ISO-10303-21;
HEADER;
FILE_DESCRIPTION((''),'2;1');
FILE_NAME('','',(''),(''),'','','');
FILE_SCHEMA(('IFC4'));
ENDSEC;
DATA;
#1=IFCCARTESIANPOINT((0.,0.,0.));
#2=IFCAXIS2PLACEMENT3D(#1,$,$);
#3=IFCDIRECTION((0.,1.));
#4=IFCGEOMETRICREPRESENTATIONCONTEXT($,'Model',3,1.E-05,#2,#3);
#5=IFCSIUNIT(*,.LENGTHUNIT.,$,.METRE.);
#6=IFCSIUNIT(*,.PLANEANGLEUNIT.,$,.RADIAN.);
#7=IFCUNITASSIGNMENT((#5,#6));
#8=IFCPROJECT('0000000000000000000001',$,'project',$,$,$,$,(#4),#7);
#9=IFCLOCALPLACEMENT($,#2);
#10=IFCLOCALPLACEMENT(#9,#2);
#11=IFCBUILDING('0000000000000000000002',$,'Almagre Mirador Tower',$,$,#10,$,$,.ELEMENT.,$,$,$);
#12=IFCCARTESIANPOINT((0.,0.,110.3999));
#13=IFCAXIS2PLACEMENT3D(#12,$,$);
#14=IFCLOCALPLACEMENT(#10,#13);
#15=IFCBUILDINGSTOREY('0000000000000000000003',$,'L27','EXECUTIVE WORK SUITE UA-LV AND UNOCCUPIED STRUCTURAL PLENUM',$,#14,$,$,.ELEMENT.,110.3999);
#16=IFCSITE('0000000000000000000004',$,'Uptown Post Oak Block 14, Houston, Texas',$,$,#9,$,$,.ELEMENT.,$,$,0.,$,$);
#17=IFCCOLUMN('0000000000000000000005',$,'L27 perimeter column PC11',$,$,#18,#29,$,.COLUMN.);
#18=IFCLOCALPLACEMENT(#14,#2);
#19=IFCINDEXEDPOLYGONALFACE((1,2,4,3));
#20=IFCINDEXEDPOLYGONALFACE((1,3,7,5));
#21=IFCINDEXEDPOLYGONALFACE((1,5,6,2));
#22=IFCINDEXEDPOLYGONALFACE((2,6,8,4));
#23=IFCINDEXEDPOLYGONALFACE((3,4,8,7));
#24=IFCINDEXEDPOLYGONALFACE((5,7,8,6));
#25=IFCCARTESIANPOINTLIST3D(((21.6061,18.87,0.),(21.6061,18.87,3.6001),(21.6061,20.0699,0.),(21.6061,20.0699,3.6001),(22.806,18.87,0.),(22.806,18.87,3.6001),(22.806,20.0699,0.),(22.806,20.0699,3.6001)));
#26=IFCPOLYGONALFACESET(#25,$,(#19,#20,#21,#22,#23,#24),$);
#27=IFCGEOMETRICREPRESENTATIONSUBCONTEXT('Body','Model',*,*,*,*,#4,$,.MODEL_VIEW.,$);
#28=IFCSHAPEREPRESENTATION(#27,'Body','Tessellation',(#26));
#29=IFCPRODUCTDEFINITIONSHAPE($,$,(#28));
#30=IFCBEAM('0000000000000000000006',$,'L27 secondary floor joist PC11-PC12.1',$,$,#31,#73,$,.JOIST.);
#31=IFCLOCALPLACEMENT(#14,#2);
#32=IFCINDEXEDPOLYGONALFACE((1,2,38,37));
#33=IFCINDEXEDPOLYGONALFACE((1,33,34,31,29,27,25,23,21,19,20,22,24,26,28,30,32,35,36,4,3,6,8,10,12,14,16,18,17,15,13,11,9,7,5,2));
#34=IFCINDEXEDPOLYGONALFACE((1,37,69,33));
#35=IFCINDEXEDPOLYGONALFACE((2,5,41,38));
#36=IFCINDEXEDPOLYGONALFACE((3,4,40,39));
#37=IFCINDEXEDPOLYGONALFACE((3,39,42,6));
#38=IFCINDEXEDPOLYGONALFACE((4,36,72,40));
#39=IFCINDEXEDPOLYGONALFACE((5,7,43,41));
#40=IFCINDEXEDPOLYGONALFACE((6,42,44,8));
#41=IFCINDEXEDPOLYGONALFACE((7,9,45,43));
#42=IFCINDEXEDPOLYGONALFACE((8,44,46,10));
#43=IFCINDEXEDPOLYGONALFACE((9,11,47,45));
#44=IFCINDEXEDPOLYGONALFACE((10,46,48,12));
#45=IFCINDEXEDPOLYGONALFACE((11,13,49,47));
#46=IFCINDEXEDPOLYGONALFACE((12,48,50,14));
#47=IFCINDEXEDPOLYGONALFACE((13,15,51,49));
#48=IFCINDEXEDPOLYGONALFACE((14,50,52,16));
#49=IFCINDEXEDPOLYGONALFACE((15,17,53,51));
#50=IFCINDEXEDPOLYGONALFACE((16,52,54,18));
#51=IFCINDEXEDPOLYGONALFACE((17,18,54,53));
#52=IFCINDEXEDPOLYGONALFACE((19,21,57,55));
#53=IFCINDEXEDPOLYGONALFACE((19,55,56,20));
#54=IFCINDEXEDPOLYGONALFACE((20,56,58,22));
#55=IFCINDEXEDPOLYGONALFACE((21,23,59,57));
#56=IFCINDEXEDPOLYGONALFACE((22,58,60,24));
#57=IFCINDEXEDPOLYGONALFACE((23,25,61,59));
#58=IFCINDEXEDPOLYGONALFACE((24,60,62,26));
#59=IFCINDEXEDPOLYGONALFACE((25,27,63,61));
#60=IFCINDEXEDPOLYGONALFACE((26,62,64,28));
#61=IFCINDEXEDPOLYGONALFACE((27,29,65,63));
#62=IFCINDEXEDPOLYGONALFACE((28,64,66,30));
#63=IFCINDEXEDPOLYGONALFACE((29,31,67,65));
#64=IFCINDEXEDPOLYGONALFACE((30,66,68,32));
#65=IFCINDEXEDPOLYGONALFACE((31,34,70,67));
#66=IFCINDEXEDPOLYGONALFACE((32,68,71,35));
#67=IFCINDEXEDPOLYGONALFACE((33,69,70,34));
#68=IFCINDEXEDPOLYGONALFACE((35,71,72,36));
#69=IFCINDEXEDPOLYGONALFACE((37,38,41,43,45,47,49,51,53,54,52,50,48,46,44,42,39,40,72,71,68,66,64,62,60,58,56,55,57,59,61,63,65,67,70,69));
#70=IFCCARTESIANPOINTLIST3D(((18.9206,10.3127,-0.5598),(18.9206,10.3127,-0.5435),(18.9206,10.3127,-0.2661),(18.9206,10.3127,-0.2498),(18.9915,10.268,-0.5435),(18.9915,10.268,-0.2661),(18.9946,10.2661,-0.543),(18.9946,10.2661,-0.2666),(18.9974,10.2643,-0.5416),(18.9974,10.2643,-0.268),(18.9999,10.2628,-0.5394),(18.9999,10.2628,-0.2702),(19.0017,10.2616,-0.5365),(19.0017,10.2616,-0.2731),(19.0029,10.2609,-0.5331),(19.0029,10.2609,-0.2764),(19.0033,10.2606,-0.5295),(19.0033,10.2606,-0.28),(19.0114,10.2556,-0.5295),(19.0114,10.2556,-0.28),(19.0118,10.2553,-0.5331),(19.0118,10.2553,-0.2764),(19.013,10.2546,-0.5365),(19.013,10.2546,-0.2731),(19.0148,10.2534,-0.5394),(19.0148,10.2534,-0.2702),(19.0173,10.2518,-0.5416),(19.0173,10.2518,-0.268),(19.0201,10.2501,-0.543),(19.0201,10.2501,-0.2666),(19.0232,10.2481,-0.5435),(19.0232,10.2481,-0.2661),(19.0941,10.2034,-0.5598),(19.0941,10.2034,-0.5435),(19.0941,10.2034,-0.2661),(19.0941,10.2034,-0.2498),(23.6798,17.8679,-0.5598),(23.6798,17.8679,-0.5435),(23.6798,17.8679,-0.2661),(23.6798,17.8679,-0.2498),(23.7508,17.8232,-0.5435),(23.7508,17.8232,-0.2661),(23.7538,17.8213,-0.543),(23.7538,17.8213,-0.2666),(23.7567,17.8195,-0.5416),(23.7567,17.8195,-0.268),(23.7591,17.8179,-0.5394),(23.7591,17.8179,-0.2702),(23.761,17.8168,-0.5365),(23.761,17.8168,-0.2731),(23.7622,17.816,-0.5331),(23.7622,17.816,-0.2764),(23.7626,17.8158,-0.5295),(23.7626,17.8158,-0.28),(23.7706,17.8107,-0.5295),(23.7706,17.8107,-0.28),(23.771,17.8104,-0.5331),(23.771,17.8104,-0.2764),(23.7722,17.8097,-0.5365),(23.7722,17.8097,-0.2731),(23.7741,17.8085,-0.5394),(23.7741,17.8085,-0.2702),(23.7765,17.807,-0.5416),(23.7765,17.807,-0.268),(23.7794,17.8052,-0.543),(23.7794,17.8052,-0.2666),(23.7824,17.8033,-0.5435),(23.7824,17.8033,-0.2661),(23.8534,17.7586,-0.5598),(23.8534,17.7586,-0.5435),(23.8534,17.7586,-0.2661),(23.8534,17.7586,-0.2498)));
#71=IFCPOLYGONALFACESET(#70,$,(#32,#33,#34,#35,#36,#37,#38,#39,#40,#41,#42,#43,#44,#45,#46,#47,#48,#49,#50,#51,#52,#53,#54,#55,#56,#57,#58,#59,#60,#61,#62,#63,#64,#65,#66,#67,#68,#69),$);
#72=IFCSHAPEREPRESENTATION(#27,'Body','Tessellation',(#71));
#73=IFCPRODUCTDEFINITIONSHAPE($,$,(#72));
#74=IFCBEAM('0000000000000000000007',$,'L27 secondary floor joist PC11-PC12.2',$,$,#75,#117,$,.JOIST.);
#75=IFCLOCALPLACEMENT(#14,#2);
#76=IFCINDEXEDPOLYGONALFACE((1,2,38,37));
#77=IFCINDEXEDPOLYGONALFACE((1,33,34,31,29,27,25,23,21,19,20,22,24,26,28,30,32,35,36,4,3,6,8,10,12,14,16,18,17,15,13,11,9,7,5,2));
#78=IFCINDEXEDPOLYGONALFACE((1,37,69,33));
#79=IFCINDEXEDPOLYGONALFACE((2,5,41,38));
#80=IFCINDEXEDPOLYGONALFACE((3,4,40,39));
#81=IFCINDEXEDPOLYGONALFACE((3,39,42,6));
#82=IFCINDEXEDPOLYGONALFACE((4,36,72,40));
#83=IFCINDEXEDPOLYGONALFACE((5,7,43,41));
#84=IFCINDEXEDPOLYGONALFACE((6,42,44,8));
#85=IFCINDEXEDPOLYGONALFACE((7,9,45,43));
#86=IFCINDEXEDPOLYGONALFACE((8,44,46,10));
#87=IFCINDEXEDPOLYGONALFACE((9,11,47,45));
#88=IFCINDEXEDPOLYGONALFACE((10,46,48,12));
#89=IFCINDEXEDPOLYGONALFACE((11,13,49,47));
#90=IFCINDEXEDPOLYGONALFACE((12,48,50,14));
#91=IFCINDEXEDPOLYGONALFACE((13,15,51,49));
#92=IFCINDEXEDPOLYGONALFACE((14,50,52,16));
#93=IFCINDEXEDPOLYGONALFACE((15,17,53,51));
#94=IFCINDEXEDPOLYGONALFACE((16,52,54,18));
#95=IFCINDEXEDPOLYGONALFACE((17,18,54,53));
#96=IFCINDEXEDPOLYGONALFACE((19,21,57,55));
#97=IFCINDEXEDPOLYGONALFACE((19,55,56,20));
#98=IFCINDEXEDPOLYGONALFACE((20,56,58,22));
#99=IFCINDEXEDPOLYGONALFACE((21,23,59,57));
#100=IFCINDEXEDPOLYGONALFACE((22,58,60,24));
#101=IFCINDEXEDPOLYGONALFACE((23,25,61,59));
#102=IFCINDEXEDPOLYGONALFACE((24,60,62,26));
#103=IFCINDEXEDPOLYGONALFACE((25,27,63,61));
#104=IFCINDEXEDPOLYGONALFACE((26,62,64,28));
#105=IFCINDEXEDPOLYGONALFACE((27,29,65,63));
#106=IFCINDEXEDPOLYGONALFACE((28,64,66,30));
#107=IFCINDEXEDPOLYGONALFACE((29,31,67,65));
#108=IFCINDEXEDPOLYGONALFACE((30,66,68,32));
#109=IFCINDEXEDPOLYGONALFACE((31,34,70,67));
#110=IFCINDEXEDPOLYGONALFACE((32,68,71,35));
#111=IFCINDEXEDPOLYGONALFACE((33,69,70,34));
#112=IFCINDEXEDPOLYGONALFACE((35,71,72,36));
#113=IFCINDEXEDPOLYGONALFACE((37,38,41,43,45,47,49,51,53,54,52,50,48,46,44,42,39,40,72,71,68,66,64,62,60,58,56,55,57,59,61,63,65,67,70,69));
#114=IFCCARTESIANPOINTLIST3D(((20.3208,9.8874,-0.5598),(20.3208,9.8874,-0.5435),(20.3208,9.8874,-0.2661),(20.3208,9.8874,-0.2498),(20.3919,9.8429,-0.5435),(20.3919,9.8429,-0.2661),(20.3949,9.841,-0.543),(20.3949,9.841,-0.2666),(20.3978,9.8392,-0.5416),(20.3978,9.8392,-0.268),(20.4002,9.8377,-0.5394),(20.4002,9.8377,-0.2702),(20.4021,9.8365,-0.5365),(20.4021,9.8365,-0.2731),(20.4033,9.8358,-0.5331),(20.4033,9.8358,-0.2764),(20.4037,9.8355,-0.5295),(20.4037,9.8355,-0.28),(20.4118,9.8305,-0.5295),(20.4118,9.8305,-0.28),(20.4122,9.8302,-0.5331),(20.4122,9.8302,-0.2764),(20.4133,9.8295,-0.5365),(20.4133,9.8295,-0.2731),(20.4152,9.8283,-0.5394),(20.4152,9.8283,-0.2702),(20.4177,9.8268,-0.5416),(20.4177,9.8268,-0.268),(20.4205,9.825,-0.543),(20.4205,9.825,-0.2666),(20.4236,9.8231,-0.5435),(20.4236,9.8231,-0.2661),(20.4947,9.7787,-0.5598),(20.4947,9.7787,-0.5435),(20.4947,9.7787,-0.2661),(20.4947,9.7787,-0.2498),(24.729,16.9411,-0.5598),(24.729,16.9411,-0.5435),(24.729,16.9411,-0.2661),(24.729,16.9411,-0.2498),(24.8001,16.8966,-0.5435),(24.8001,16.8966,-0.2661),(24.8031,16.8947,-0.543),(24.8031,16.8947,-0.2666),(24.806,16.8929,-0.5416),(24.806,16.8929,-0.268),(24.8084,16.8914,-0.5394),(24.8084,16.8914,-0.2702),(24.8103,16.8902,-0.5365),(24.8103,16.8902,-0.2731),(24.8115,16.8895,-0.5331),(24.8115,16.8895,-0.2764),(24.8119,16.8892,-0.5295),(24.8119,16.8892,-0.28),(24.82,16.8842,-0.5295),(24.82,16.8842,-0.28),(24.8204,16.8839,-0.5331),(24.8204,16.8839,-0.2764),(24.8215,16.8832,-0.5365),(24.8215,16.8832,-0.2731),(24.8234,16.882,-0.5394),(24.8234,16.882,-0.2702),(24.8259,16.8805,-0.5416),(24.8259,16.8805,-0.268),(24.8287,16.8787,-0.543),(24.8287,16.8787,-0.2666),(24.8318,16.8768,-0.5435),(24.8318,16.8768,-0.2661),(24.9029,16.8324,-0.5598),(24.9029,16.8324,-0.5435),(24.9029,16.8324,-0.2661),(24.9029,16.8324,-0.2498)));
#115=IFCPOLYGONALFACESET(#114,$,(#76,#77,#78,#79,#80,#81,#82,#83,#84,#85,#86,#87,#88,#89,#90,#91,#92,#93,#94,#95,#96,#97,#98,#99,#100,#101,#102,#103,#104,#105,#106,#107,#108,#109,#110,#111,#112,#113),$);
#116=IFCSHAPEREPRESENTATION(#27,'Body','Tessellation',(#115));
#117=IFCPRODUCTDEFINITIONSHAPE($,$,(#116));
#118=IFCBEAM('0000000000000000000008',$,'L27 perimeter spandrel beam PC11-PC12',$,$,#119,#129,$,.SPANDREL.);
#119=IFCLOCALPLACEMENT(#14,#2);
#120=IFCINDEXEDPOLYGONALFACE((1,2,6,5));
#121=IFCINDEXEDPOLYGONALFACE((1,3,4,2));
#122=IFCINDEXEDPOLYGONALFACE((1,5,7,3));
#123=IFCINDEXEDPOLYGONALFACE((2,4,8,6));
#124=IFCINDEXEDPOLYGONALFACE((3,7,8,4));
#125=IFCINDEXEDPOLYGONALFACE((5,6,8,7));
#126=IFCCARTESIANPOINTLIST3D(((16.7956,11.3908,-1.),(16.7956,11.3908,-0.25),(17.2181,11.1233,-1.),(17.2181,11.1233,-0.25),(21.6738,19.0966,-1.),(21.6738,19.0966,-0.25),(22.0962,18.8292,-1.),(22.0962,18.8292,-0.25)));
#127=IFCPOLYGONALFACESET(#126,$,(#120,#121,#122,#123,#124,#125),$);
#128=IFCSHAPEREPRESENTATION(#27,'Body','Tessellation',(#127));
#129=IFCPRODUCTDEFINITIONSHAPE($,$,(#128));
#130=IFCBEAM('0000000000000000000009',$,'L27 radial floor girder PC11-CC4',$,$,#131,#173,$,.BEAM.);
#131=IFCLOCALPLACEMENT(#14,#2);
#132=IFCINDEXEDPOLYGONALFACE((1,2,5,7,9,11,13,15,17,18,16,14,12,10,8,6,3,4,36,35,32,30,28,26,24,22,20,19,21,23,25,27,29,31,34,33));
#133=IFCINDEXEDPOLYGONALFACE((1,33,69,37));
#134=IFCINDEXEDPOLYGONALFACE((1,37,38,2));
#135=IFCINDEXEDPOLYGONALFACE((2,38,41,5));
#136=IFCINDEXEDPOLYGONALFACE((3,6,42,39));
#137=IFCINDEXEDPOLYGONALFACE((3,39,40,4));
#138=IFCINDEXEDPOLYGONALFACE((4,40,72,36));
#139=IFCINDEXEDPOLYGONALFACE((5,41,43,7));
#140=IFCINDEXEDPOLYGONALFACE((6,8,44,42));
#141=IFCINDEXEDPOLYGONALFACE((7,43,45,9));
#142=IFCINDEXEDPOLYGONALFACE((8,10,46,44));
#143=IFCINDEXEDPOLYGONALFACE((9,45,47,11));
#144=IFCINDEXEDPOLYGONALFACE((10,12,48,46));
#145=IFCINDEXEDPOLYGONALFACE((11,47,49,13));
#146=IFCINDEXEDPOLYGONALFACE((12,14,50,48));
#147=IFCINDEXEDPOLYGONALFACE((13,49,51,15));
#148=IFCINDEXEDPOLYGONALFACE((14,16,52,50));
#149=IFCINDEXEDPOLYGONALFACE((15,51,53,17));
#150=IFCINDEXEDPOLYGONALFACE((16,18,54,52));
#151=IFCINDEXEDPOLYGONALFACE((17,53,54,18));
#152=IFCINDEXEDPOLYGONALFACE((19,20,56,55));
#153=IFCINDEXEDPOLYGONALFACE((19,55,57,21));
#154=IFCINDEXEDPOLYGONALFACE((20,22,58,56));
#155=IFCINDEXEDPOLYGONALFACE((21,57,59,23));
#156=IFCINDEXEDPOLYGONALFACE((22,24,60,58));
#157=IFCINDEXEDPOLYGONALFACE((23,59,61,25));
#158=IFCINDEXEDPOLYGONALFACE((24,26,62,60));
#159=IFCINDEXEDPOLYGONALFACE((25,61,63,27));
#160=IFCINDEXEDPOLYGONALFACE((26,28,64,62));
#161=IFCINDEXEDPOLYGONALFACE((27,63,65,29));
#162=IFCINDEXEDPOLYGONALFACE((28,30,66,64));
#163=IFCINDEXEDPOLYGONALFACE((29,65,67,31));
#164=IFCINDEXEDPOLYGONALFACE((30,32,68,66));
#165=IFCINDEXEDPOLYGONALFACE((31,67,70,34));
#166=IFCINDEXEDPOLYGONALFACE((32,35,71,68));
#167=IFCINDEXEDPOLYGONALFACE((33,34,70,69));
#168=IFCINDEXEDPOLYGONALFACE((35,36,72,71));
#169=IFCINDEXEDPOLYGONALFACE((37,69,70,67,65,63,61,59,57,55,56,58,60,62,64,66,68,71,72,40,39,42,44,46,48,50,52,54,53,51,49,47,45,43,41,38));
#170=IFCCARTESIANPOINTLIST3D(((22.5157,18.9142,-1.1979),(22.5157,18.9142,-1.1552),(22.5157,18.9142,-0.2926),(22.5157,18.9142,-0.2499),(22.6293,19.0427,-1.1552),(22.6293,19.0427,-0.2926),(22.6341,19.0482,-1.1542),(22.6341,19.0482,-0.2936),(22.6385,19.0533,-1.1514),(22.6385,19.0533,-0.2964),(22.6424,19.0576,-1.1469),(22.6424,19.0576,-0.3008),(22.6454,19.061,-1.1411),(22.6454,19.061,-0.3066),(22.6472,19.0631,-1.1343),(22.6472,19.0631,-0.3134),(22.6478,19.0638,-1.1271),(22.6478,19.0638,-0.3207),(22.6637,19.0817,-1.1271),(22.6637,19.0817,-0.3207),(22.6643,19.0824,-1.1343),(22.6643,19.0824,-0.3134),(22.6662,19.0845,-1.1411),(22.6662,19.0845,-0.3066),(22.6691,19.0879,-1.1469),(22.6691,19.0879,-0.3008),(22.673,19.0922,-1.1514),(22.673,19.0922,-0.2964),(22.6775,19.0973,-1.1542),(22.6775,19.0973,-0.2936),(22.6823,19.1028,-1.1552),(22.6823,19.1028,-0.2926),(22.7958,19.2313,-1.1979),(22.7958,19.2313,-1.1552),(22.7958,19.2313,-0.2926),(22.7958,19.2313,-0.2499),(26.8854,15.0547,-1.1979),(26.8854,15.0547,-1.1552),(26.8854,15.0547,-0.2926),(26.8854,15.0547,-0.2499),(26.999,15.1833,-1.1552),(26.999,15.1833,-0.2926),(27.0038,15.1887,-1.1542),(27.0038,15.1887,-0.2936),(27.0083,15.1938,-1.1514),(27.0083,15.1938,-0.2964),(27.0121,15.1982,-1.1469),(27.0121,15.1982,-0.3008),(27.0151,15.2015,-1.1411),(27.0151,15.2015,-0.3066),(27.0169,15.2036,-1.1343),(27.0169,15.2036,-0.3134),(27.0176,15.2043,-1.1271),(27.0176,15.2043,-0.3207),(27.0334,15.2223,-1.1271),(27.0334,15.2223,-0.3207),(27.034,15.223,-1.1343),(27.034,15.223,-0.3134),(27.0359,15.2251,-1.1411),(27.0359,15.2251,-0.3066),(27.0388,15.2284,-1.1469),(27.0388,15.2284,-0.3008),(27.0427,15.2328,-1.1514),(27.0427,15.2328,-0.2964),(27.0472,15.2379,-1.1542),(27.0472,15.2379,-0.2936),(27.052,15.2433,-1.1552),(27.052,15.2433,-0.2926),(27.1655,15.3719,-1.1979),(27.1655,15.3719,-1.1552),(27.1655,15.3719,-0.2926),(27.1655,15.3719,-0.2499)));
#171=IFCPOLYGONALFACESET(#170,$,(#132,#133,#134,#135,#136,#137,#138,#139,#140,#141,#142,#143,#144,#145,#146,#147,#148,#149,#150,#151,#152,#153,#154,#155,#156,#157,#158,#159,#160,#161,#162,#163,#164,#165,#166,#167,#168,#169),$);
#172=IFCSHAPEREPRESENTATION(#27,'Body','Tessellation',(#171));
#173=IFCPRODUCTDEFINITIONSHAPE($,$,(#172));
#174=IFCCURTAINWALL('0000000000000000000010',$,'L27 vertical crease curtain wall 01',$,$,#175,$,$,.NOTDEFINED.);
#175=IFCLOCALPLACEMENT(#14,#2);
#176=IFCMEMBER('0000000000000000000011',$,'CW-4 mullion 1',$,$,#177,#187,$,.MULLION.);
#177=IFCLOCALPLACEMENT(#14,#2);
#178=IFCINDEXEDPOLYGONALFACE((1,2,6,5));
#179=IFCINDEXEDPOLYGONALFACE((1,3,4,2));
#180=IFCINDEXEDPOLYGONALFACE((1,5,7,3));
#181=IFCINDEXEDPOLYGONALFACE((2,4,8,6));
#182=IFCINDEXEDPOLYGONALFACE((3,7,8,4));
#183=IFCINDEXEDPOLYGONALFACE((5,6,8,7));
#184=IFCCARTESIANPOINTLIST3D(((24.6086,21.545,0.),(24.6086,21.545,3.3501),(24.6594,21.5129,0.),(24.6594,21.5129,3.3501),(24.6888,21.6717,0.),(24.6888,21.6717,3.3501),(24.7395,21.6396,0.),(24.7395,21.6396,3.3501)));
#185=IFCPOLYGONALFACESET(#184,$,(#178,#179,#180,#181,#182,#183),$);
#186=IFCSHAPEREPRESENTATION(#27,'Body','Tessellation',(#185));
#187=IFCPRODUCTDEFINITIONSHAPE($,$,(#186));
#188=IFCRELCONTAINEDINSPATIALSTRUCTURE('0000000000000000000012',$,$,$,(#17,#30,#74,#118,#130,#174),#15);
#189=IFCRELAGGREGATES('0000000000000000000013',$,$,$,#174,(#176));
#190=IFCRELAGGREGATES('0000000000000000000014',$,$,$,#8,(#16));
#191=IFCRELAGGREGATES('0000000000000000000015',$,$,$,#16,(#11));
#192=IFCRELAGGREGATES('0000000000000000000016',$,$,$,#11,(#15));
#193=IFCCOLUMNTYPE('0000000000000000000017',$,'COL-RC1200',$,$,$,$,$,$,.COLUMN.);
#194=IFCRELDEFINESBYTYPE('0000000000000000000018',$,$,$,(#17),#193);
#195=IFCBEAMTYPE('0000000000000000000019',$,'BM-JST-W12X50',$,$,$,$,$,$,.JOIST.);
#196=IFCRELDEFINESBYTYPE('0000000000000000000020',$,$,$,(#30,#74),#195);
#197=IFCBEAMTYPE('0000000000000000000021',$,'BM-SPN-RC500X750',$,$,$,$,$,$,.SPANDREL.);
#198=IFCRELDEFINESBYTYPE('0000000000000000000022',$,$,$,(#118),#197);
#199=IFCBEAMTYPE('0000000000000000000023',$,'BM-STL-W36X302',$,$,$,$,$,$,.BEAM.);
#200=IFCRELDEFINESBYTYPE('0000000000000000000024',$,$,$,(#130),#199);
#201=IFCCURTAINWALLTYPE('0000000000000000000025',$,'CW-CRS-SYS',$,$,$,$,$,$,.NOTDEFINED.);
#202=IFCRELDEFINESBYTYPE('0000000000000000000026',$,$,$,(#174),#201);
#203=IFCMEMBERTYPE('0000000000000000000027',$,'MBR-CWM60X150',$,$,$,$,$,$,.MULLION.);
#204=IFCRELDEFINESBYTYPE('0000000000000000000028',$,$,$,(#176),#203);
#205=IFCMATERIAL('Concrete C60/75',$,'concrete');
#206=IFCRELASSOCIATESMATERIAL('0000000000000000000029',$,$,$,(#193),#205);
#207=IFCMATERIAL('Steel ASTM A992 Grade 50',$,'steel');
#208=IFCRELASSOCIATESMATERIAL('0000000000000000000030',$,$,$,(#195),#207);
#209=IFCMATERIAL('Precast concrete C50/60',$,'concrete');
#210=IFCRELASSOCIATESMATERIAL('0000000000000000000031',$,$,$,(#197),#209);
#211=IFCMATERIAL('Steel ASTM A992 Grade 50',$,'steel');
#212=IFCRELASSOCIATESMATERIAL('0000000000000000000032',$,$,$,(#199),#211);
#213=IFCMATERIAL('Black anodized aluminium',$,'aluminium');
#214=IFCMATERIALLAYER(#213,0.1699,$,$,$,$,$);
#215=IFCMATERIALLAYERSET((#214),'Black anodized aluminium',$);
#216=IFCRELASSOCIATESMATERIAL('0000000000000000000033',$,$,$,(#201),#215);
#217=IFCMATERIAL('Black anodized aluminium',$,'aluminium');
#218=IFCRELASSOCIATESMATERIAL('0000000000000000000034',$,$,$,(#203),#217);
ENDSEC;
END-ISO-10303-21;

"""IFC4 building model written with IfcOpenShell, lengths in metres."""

from ifc_helpers import new_model, si_unit, direction, frame, origin, origin_2d, place, context, subcontext, project, spatial, rectangle, i_section, extrude, material, layer, layer_set, material_profile, profile_set, type_object, element, aggregate, save


model = new_model("IFC4")

# Units and contexts
model_context = context("Model", 3, precision=1e-05, world=origin(), true_north=direction((0.0, 1.0)))
body_context = subcontext(model_context, "Body", "Model", "MODEL_VIEW")
ifc_project = project(units=[si_unit("LENGTHUNIT", "METRE"), si_unit("PLANEANGLEUNIT", "RADIAN")], contexts=[model_context])

# Site, building, storey
site_placement = place(None, origin())
site = spatial("IfcSite", under=ifc_project, at=site_placement, Name="Uptown Post Oak Block 14, Houston, Texas", CompositionType="ELEMENT", RefElevation=0.0)
building_placement = place(site_placement, origin())
building = spatial("IfcBuilding", under=site, at=building_placement, Name="Almagre Mirador Tower", CompositionType="ELEMENT")
storey_placement = place(building_placement, frame((0.0, 0.0, 110.3999)))
storey = spatial("IfcBuildingStorey", under=building, at=storey_placement, Name="L27", Description="EXECUTIVE WORK SUITE UA-LV AND UNOCCUPIED STRUCTURAL PLENUM", CompositionType="ELEMENT", Elevation=110.3999)

# Column
ifc_material_1 = material(Name="Concrete C60/75", Category="concrete")
ifc_material_profile_1 = material_profile(ifc_material_1, rectangle(XDim=1.2, YDim=1.2, at=origin_2d()), Name="RC1200X1200")
ifc_profile_set_1 = profile_set([ifc_material_profile_1], Name="Concrete C60/75")
column_type = type_object("IfcColumnType", Name="COL-RC1200", PredefinedType="COLUMN", material=ifc_profile_set_1)
column_placement = place(storey_placement, frame((22.2061, 19.47, 0.0), z_axis=(0.0, 0.0, 1.0), x_axis=(1.0, 0.0, 0.0)))
element("IfcColumn", 1, at=column_placement, inside=storey, type_object=column_type, Name="L27 perimeter column PC11", PredefinedType="COLUMN", context=body_context, shape_type="SweptSolid", body=[
    extrude(rectangle(XDim=1.2, YDim=1.2, at=origin_2d()), origin(), (0.0, 0.0, 1.0), 3.6001),
])

# Beams
ifc_material_2 = material(Name="Steel ASTM A992 Grade 50", Category="steel")
ifc_material_profile_2 = material_profile(ifc_material_2, i_section(OverallWidth=0.2051, OverallDepth=0.3101, WebThickness=0.0095, FlangeThickness=0.0164, FilletRadius=0.0139, at=origin_2d()), Name="W12X50")
ifc_profile_set_2 = profile_set([ifc_material_profile_2], Name="Steel ASTM A992 Grade 50")
beam_type_1 = type_object("IfcBeamType", Name="BM-JST-W12X50", PredefinedType="JOIST", material=ifc_profile_set_2)
beam_1_placement = place(storey_placement, frame((23.7666, 17.8132, -0.4048), z_axis=(-0.532999, -0.846116, 0.0), x_axis=(0.846116, -0.532999, 0.0)))
element("IfcBeam", 2, at=beam_1_placement, inside=storey, type_object=beam_type_1, Name="L27 secondary floor joist PC11-PC12.1", PredefinedType="JOIST", context=body_context, shape_type="SweptSolid", body=[
    extrude(i_section(OverallWidth=0.2051, OverallDepth=0.3101, WebThickness=0.0095, FlangeThickness=0.0164, FilletRadius=0.0139, at=origin_2d()), origin(), (0.0, 0.0, 1.0), 8.9292),
])
beam_2_placement = place(storey_placement, frame((24.8159, 16.8867, -0.4048), z_axis=(-0.529967, -0.848018, 0.0), x_axis=(0.848018, -0.529967, 0.0)))
element("IfcBeam", 3, at=beam_2_placement, inside=storey, type_object=beam_type_1, Name="L27 secondary floor joist PC11-PC12.2", PredefinedType="JOIST", context=body_context, shape_type="SweptSolid", body=[
    extrude(i_section(OverallWidth=0.2051, OverallDepth=0.3101, WebThickness=0.0095, FlangeThickness=0.0164, FilletRadius=0.0139, at=origin_2d()), origin(), (0.0, 0.0, 1.0), 8.3179),
])
ifc_material_3 = material(Name="Precast concrete C50/60", Category="concrete")
ifc_material_profile_3 = material_profile(ifc_material_3, rectangle(XDim=0.5, YDim=0.75, at=origin_2d()), Name="RC500X750")
ifc_profile_set_3 = profile_set([ifc_material_profile_3], Name="Precast concrete C50/60")
beam_type_2 = type_object("IfcBeamType", Name="BM-SPN-RC500X750", PredefinedType="SPANDREL", material=ifc_profile_set_3)
beam_3_placement = place(storey_placement, frame((21.885, 18.9629, -0.625), z_axis=(-0.534882, -0.844927, 0.0), x_axis=(0.844927, -0.534882, 0.0)))
element("IfcBeam", 4, at=beam_3_placement, inside=storey, type_object=beam_type_2, Name="L27 perimeter spandrel beam PC11-PC12", PredefinedType="SPANDREL", context=body_context, shape_type="SweptSolid", body=[
    extrude(rectangle(XDim=0.5, YDim=0.75, at=origin_2d()), origin(), (0.0, 0.0, 1.0), 9.1201),
])
ifc_material_4 = material(Name="Steel ASTM A992 Grade 50", Category="steel")
ifc_material_profile_4 = material_profile(ifc_material_4, i_section(OverallWidth=0.4231, OverallDepth=0.948, WebThickness=0.0239, FlangeThickness=0.0427, FilletRadius=0.0281, at=origin_2d()), Name="W36X302")
ifc_profile_set_4 = profile_set([ifc_material_profile_4], Name="Steel ASTM A992 Grade 50")
beam_type_3 = type_object("IfcBeamType", Name="BM-STL-W36X302", PredefinedType="BEAM", material=ifc_profile_set_4)
beam_4_placement = place(storey_placement, frame((22.6558, 19.0728, -0.7239), z_axis=(0.749513, -0.66199, 0.0), x_axis=(0.66199, 0.749513, 0.0)))
element("IfcBeam", 5, at=beam_4_placement, inside=storey, type_object=beam_type_3, Name="L27 radial floor girder PC11-CC4", PredefinedType="BEAM", context=body_context, shape_type="SweptSolid", body=[
    extrude(i_section(OverallWidth=0.4231, OverallDepth=0.948, WebThickness=0.0239, FlangeThickness=0.0427, FilletRadius=0.0281, at=origin_2d()), origin(), (0.0, 0.0, 1.0), 5.8301),
])

# Curtain wall, member
ifc_material_5 = material(Name="Black anodized aluminium", Category="aluminium")
ifc_layer_1 = layer(ifc_material_5, 0.1699)
ifc_layer_set_1 = layer_set([ifc_layer_1], Name="Black anodized aluminium")
curtain_wall_type = type_object("IfcCurtainWallType", Name="CW-CRS-SYS", PredefinedType="NOTDEFINED", material=ifc_layer_set_1)
curtain_wall_placement = place(storey_placement, origin())
curtain_wall = element("IfcCurtainWall", 6, at=curtain_wall_placement, inside=storey, type_object=curtain_wall_type, Name="L27 vertical crease curtain wall 01", PredefinedType="NOTDEFINED")
ifc_material_6 = material(Name="Black anodized aluminium", Category="aluminium")
ifc_material_profile_5 = material_profile(ifc_material_6, rectangle(XDim=0.0601, YDim=0.1499, at=origin_2d()), Name="CWM60X150")
ifc_profile_set_5 = profile_set([ifc_material_profile_5], Name="Black anodized aluminium")
member_type_1 = type_object("IfcMemberType", Name="MBR-CWM60X150", PredefinedType="MULLION", material=ifc_profile_set_5)
member_1_placement = place(storey_placement, frame((24.6741, 21.5923, 0.0), z_axis=(0.0, 0.0, 1.0), x_axis=(-0.84492, 0.534893, 0.0)))
member_1 = element("IfcMember", 7, at=member_1_placement, type_object=member_type_1, Name="CW-4 mullion 1", PredefinedType="MULLION", context=body_context, shape_type="SweptSolid", body=[
    extrude(rectangle(XDim=0.0601, YDim=0.1499, at=origin_2d()), origin(), (0.0, 0.0, 1.0), 3.3501),
])
aggregate(curtain_wall, [member_1])

save(model, "model.ifc")
